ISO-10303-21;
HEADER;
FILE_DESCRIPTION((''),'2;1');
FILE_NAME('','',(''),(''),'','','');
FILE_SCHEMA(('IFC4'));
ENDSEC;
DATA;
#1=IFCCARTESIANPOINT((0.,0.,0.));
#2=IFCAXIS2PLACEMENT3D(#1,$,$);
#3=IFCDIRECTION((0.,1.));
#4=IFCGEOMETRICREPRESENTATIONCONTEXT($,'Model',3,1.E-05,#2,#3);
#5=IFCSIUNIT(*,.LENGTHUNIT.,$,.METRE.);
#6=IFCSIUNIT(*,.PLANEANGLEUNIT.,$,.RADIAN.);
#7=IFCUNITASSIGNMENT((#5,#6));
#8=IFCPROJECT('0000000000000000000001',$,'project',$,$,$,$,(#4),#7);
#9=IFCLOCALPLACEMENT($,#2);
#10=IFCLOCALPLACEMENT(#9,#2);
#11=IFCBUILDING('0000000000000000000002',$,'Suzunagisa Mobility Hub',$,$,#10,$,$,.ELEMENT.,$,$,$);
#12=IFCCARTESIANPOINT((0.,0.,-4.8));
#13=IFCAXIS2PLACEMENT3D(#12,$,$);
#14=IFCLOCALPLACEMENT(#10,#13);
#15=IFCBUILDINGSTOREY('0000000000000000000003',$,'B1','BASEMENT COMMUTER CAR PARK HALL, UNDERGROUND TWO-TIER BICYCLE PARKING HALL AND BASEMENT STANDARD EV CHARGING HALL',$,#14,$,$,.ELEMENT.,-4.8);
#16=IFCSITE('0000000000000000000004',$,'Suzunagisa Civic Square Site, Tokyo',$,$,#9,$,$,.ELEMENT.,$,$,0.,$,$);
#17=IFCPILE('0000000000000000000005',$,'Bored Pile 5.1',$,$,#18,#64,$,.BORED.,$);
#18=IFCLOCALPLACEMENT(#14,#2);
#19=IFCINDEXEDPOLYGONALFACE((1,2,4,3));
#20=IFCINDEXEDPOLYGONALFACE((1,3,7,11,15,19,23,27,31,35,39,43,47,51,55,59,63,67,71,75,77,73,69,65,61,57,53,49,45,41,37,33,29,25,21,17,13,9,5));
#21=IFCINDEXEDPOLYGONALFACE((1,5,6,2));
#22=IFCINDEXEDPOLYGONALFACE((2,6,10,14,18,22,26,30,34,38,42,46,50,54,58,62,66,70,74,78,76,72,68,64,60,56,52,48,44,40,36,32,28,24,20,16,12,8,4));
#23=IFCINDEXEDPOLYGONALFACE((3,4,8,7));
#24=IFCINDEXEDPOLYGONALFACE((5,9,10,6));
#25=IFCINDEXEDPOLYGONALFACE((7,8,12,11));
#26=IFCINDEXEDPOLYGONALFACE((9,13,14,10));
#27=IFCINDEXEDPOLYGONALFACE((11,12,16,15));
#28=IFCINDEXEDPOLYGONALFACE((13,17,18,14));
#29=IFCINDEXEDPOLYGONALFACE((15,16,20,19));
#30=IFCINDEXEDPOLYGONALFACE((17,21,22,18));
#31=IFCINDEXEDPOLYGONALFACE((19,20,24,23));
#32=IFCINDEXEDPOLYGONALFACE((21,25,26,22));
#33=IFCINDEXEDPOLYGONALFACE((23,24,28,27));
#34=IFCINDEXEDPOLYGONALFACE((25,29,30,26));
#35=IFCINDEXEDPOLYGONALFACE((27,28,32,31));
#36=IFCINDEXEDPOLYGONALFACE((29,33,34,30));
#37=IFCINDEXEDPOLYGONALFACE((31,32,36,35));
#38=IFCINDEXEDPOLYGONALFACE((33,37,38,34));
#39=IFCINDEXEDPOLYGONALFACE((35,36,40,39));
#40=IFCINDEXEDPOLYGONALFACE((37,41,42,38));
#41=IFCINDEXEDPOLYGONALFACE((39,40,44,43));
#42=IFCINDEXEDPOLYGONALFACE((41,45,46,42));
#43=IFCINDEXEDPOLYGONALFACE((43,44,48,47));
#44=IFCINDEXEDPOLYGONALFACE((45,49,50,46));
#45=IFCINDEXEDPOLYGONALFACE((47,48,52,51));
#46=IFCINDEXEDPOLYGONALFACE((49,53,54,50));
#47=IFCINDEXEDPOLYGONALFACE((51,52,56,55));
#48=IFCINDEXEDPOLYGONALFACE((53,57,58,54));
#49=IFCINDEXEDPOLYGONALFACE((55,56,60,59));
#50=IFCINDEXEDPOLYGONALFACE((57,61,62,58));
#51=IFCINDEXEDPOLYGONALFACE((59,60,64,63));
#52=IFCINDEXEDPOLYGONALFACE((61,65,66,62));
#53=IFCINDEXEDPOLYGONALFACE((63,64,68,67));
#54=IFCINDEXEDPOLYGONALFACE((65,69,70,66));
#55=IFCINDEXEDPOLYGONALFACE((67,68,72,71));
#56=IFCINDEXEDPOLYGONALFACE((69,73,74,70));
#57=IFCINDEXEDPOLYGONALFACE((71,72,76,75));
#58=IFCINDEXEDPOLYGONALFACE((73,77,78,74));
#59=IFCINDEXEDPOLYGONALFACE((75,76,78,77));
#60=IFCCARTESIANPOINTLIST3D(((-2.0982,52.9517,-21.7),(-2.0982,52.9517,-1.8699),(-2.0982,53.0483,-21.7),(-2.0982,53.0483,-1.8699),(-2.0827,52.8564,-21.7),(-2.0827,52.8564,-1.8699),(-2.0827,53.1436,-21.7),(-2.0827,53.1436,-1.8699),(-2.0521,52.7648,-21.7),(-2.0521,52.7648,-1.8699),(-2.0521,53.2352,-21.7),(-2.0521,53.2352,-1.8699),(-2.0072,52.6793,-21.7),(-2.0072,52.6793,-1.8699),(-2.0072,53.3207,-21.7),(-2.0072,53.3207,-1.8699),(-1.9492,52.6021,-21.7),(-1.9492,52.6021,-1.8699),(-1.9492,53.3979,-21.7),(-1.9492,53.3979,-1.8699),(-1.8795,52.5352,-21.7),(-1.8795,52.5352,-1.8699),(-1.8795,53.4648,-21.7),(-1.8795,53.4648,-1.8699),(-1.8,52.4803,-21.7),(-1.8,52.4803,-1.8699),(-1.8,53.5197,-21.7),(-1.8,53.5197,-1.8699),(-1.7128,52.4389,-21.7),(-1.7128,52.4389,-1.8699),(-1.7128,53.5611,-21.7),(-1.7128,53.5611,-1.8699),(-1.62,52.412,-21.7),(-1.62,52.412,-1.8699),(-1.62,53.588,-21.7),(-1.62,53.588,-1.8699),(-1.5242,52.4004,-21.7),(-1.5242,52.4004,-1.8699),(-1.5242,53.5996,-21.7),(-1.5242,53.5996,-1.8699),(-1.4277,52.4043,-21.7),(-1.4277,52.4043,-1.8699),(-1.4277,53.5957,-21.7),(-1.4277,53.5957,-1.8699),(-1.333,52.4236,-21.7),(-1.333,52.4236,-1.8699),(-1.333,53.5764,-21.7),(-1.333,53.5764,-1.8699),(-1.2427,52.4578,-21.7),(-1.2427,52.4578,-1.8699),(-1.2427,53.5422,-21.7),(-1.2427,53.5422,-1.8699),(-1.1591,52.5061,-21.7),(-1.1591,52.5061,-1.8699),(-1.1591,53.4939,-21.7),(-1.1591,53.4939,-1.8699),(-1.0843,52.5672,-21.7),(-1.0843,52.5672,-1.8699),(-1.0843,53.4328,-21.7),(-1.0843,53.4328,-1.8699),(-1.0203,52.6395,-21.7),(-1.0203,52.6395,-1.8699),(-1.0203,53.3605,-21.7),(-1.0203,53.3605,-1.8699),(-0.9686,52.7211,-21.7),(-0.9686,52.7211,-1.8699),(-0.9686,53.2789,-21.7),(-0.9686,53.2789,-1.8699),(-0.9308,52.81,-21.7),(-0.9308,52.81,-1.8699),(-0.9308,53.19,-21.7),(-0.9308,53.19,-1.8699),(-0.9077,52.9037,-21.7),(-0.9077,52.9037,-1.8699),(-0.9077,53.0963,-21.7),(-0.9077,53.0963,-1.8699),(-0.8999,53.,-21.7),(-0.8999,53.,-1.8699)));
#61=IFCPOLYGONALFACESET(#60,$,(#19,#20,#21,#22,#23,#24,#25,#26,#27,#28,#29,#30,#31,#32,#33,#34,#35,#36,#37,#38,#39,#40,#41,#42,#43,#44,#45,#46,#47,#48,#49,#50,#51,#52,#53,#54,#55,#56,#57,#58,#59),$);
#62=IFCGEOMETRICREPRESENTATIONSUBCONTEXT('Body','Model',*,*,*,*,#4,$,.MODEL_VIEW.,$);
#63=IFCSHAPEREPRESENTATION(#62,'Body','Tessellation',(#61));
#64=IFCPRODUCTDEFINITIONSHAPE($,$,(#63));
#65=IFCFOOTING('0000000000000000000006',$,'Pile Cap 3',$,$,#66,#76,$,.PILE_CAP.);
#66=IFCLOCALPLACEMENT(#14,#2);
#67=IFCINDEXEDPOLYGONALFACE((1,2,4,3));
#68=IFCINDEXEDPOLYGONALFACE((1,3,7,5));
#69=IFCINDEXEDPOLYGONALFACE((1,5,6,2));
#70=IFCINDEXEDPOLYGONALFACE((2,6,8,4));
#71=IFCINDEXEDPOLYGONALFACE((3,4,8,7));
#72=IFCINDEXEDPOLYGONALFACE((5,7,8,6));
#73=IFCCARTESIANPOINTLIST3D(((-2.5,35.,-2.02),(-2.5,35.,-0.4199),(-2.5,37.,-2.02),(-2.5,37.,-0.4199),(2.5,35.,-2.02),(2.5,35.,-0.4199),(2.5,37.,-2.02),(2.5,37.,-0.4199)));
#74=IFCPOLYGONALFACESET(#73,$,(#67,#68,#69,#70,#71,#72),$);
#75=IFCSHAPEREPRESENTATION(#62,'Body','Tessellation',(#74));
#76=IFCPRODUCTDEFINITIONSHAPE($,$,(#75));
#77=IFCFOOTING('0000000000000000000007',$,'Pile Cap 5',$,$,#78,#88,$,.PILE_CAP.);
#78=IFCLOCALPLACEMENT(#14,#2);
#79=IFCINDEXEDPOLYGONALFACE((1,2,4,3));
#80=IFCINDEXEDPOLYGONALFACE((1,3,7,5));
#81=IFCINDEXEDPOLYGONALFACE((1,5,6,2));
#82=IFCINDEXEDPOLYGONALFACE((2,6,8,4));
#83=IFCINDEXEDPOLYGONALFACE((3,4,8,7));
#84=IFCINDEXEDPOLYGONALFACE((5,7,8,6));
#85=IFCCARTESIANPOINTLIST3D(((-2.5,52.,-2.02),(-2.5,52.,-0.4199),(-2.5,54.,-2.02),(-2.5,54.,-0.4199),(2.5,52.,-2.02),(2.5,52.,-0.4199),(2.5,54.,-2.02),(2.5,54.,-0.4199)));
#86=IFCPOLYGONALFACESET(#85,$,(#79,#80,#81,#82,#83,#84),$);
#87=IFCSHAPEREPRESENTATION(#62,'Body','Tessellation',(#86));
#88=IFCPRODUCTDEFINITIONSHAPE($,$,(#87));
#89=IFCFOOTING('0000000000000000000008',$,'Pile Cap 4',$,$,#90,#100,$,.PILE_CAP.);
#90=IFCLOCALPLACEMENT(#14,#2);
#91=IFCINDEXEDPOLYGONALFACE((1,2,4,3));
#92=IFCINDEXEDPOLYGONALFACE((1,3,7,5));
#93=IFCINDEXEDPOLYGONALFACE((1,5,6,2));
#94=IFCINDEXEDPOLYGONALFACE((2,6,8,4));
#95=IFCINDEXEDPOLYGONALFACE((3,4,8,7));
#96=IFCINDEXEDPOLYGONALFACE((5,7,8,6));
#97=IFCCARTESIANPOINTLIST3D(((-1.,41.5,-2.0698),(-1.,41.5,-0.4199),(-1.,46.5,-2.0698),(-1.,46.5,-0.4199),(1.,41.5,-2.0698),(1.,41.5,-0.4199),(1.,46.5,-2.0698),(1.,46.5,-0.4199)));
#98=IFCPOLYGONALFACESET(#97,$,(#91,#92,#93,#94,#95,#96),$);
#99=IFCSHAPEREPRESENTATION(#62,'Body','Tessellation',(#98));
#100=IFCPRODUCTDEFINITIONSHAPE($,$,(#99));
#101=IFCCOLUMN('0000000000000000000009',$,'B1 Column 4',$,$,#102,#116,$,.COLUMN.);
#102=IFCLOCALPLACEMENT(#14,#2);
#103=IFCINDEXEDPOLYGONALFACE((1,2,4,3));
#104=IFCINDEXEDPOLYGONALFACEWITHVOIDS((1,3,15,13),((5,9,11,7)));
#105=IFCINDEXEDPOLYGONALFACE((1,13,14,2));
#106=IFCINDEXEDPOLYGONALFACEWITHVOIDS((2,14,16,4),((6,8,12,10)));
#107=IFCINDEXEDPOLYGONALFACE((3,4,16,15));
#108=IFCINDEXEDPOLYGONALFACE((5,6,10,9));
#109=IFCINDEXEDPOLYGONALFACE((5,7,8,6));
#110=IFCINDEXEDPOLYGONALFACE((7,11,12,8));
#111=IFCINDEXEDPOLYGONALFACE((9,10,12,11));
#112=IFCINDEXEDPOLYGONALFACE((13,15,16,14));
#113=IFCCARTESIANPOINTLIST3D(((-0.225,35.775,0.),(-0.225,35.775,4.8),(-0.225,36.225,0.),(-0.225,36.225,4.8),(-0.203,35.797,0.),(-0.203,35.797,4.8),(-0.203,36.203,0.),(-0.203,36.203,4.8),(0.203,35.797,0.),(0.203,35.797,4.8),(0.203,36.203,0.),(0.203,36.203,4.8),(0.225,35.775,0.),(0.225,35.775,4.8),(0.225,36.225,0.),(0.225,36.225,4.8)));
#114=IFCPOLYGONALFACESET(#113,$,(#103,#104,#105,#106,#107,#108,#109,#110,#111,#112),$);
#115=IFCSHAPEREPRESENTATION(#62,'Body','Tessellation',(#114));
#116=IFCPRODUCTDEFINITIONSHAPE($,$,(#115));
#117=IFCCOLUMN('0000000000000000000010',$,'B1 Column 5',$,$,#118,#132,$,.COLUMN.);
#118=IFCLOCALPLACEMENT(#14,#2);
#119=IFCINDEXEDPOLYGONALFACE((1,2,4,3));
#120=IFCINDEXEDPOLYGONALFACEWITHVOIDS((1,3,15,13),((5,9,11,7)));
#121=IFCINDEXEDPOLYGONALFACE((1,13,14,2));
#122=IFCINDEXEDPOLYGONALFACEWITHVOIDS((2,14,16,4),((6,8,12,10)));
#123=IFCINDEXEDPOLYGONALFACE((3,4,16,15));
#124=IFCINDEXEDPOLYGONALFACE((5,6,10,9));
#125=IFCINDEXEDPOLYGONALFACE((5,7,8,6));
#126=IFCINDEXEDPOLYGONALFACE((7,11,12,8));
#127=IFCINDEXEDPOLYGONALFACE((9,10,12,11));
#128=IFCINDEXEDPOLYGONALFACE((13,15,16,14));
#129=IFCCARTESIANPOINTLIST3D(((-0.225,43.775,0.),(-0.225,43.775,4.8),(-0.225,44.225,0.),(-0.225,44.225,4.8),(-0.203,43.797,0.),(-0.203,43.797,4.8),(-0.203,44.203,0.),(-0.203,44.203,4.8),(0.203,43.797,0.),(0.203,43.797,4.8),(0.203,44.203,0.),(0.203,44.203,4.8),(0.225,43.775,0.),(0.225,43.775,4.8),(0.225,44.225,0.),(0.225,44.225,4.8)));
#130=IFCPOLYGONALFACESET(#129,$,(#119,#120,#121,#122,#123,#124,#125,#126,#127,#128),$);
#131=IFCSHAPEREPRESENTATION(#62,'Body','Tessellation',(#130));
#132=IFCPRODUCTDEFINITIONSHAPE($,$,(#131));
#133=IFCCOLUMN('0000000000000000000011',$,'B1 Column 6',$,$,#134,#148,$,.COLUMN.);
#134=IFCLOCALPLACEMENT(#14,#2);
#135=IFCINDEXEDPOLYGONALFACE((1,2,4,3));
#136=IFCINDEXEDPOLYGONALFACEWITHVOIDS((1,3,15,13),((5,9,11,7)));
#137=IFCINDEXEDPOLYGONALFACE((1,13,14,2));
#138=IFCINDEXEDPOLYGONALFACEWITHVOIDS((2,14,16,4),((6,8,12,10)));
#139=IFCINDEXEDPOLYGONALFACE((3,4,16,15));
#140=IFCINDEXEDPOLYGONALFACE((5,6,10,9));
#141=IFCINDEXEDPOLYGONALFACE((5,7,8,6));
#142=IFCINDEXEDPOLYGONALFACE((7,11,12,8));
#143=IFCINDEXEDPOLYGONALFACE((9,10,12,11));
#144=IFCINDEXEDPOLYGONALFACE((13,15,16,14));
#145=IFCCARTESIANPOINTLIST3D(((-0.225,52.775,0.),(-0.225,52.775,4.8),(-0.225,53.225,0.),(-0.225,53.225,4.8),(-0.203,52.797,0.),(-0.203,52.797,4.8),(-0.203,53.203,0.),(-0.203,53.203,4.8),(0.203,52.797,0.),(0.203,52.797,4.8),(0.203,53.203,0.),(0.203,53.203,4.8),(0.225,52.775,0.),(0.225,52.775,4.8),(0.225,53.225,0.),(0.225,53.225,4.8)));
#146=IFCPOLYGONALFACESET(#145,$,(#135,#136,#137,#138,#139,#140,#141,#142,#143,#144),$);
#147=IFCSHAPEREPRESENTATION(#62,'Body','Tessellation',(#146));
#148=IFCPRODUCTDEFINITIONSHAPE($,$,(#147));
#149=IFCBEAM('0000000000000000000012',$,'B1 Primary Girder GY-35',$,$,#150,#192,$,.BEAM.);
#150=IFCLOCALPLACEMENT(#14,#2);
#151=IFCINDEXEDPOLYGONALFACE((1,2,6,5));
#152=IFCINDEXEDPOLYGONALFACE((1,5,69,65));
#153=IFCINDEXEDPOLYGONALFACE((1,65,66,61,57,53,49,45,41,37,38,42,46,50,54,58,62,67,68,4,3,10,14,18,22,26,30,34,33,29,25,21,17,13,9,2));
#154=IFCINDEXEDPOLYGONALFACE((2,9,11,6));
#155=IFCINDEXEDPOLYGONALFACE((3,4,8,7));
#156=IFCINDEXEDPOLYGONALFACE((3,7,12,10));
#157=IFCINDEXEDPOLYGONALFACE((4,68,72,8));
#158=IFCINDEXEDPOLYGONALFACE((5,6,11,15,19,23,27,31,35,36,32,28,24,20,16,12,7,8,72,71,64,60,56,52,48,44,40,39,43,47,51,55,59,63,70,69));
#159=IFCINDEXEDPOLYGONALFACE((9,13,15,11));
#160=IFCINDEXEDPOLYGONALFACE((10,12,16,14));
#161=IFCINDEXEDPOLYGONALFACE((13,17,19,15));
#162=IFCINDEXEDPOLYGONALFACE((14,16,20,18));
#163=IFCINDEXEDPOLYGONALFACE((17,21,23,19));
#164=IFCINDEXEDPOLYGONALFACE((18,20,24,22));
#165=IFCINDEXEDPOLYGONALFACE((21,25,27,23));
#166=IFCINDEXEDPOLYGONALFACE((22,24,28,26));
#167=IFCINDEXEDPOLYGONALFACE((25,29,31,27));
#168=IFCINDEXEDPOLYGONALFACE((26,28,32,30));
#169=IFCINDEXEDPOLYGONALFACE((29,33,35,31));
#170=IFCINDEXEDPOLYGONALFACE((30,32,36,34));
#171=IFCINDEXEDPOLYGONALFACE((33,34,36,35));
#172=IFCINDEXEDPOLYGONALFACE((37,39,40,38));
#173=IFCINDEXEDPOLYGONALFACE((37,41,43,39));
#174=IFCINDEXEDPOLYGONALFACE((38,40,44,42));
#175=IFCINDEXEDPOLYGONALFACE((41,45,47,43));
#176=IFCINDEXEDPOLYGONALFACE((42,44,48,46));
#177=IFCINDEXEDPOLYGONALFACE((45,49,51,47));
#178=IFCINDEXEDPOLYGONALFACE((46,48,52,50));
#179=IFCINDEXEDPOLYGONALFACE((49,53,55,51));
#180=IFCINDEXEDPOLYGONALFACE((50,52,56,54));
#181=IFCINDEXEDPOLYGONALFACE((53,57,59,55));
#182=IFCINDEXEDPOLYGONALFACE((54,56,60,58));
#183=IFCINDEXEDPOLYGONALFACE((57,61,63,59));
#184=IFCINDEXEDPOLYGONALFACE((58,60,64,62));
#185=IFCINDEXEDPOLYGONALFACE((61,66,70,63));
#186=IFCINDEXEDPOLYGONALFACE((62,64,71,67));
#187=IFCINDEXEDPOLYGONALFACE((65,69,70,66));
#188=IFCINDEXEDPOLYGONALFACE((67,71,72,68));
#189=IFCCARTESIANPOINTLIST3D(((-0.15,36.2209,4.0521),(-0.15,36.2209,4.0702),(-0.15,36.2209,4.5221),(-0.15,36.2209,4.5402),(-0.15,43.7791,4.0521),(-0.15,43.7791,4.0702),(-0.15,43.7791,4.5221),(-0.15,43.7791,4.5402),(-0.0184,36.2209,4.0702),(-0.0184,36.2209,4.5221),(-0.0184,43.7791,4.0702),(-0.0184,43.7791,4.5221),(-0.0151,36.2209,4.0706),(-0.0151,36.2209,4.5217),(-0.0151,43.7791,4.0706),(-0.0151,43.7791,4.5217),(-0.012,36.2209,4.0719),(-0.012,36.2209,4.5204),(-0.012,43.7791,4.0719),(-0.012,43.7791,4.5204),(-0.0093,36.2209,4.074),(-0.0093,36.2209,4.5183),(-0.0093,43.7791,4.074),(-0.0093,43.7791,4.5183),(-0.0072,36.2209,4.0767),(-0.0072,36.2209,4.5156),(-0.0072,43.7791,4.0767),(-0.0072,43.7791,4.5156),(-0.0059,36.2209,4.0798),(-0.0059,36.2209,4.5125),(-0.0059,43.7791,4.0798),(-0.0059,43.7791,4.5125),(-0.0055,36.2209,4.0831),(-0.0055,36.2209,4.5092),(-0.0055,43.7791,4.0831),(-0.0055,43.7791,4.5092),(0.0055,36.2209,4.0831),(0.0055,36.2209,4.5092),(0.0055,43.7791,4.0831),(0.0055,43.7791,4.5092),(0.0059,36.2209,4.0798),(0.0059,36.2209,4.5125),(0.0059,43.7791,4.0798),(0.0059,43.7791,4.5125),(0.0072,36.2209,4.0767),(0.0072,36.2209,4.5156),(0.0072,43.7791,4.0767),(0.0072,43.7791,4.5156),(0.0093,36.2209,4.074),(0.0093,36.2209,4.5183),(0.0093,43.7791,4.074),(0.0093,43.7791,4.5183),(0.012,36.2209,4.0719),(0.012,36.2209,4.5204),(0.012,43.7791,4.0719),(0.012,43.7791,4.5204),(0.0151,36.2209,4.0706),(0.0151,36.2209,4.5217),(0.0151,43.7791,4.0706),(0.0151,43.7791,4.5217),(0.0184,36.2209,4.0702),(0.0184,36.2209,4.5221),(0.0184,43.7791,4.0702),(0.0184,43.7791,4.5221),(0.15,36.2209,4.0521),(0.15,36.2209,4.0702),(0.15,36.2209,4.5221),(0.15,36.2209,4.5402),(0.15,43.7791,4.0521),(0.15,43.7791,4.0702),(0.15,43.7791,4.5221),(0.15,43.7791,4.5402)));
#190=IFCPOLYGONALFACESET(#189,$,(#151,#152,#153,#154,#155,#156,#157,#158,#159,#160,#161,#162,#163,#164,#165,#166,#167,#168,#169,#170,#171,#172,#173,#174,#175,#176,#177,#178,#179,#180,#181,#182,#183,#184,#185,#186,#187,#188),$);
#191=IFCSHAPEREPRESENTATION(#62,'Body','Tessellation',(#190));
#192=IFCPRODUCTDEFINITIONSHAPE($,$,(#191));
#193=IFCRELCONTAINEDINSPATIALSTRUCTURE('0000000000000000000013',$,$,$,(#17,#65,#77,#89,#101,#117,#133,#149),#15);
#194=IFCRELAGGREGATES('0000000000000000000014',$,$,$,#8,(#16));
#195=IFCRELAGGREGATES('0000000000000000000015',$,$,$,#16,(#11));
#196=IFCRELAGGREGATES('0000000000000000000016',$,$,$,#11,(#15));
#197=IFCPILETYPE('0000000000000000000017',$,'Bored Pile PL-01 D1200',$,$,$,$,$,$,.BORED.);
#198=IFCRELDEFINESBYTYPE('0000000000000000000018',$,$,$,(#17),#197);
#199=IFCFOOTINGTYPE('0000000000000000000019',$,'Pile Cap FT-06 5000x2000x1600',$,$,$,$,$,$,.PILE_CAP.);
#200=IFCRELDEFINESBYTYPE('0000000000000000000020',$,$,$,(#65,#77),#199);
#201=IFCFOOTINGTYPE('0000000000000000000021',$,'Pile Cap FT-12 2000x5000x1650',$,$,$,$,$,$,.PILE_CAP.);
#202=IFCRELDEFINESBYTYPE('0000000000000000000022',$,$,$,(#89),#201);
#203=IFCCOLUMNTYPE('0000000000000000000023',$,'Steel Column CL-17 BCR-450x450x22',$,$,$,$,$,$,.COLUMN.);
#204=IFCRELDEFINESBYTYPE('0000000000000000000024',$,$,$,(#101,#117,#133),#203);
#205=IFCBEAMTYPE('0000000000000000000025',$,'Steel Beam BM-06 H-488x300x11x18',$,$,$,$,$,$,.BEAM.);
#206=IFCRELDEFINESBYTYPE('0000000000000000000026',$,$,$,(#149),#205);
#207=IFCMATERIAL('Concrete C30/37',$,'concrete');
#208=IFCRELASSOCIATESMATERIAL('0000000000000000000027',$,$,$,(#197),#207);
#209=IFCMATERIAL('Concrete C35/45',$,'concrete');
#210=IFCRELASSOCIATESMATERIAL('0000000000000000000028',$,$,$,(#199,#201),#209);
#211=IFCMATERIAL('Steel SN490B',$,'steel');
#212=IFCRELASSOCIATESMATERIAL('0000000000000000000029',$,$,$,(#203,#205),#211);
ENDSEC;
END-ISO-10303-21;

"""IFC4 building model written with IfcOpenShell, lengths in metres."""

from ifc_helpers import new_model, si_unit, direction, frame, origin, origin_2d, place, context, subcontext, project, spatial, rectangle, hollow_rectangle, circle, i_section, extrude, material, material_profile, profile_set, type_object, element, save


model = new_model("IFC4")

# Units and contexts
model_context = context("Model", 3, precision=1e-05, world=origin(), true_north=direction((0.0, 1.0)))
body_context = subcontext(model_context, "Body", "Model", "MODEL_VIEW")
ifc_project = project(units=[si_unit("LENGTHUNIT", "METRE"), si_unit("PLANEANGLEUNIT", "RADIAN")], contexts=[model_context])

# Site, building, storey
site_placement = place(None, origin())
site = spatial("IfcSite", under=ifc_project, at=site_placement, Name="Suzunagisa Civic Square Site, Tokyo", CompositionType="ELEMENT", RefElevation=0.0)
building_placement = place(site_placement, origin())
building = spatial("IfcBuilding", under=site, at=building_placement, Name="Suzunagisa Mobility Hub", CompositionType="ELEMENT")
storey_placement = place(building_placement, frame((0.0, 0.0, -4.8)))
storey = spatial("IfcBuildingStorey", under=building, at=storey_placement, Name="B1", Description="BASEMENT COMMUTER CAR PARK HALL, UNDERGROUND TWO-TIER BICYCLE PARKING HALL AND BASEMENT STANDARD EV CHARGING HALL", CompositionType="ELEMENT", Elevation=-4.8)

# Pile
ifc_material_1 = material(Name="Concrete C30/37", Category="concrete")
ifc_material_profile_1 = material_profile(ifc_material_1, circle(Radius=0.6001, at=origin_2d()), Name="BORED PILE D1200")
ifc_profile_set_1 = profile_set([ifc_material_profile_1], Name="Concrete C30/37")
pile_type = type_object("IfcPileType", Name="Bored Pile PL-01 D1200", PredefinedType="BORED", material=ifc_profile_set_1)
pile_placement = place(storey_placement, frame((-1.5, 53.0, -1.8699), z_axis=(0.0, 0.0, -1.0), x_axis=(1.0, 0.0, 0.0)))
element("IfcPile", 1, at=pile_placement, inside=storey, type_object=pile_type, Name="Bored Pile 5.1", PredefinedType="BORED", context=body_context, shape_type="SweptSolid", body=[
    extrude(circle(Radius=0.6001, at=origin_2d()), origin(), (0.0, 0.0, 1.0), 19.8301),
])

# Footings
ifc_material_2 = material(Name="Concrete C35/45", Category="concrete")
footing_type_1 = type_object("IfcFootingType", Name="Pile Cap FT-06 5000x2000x1600", PredefinedType="PILE_CAP", material=ifc_material_2)
for number, where, z_axis, x_axis, name in (
    (2, (0.0, 36.0, -2.02), (0.0, 0.0, 1.0), (1.0, 0.0, 0.0), "Pile Cap 3"),
    (3, (0.0, 53.0, -2.02), (0.0, 0.0, 1.0), (1.0, 0.0, 0.0), "Pile Cap 5"),
):
    element("IfcFooting", number, at=place(storey_placement, frame(where, z_axis=z_axis, x_axis=x_axis)), inside=storey, type_object=footing_type_1, Name=name, PredefinedType="PILE_CAP", context=body_context, shape_type="SweptSolid", body=[
        extrude(rectangle(XDim=5.0, YDim=2.0, at=origin_2d()), origin(), (0.0, 0.0, 1.0), 1.6001),
    ])
footing_type_2 = type_object("IfcFootingType", Name="Pile Cap FT-12 2000x5000x1650", PredefinedType="PILE_CAP", material=ifc_material_2)
footing_placement = place(storey_placement, frame((0.0, 44.0, -2.0698), z_axis=(0.0, 0.0, 1.0), x_axis=(1.0, 0.0, 0.0)))
element("IfcFooting", 4, at=footing_placement, inside=storey, type_object=footing_type_2, Name="Pile Cap 4", PredefinedType="PILE_CAP", context=body_context, shape_type="SweptSolid", body=[
    extrude(rectangle(XDim=2.0, YDim=5.0, at=origin_2d()), origin(), (0.0, 0.0, 1.0), 1.6499),
])

# Columns
ifc_material_3 = material(Name="Steel SN490B", Category="steel")
ifc_material_profile_2 = material_profile(ifc_material_3, hollow_rectangle(XDim=0.45, YDim=0.45, WallThickness=0.022, at=origin_2d()), Name="BCR-450x450x22")
ifc_profile_set_2 = profile_set([ifc_material_profile_2], Name="Steel SN490B")
column_type = type_object("IfcColumnType", Name="Steel Column CL-17 BCR-450x450x22", PredefinedType="COLUMN", material=ifc_profile_set_2)
for number, where, z_axis, x_axis, name in (
    (5, (0.0, 36.0, 0.0), (0.0, 0.0, 1.0), (1.0, 0.0, 0.0), "B1 Column 4"),
    (6, (0.0, 44.0, 0.0), (0.0, 0.0, 1.0), (1.0, 0.0, 0.0), "B1 Column 5"),
    (7, (0.0, 53.0, 0.0), (0.0, 0.0, 1.0), (1.0, 0.0, 0.0), "B1 Column 6"),
):
    element("IfcColumn", number, at=place(storey_placement, frame(where, z_axis=z_axis, x_axis=x_axis)), inside=storey, type_object=column_type, Name=name, PredefinedType="COLUMN", context=body_context, shape_type="SweptSolid", body=[
        extrude(hollow_rectangle(XDim=0.45, YDim=0.45, WallThickness=0.022, at=origin_2d()), origin(), (0.0, 0.0, 1.0), 4.8),
    ])

# Beam
ifc_material_profile_3 = material_profile(ifc_material_3, i_section(OverallWidth=0.3, OverallDepth=0.488, WebThickness=0.011, FlangeThickness=0.0181, FilletRadius=0.0129, at=origin_2d()), Name="H-488x300x11x18")
ifc_profile_set_3 = profile_set([ifc_material_profile_3], Name="Steel SN490B")
beam_type_1 = type_object("IfcBeamType", Name="Steel Beam BM-06 H-488x300x11x18", PredefinedType="BEAM", material=ifc_profile_set_3)
beam_placement = place(storey_placement, frame((0.0, 36.2209, 4.2961), z_axis=(0.0, 1.0, 0.0), x_axis=(-1.0, 0.0, 0.0)))
element("IfcBeam", 8, at=beam_placement, inside=storey, type_object=beam_type_1, Name="B1 Primary Girder GY-35", PredefinedType="BEAM", context=body_context, shape_type="SweptSolid", body=[
    extrude(i_section(OverallWidth=0.3, OverallDepth=0.488, WebThickness=0.011, FlangeThickness=0.0181, FilletRadius=0.0129, at=origin_2d()), origin(), (0.0, 0.0, 1.0), 7.5581),
])

save(model, "model.ifc")
